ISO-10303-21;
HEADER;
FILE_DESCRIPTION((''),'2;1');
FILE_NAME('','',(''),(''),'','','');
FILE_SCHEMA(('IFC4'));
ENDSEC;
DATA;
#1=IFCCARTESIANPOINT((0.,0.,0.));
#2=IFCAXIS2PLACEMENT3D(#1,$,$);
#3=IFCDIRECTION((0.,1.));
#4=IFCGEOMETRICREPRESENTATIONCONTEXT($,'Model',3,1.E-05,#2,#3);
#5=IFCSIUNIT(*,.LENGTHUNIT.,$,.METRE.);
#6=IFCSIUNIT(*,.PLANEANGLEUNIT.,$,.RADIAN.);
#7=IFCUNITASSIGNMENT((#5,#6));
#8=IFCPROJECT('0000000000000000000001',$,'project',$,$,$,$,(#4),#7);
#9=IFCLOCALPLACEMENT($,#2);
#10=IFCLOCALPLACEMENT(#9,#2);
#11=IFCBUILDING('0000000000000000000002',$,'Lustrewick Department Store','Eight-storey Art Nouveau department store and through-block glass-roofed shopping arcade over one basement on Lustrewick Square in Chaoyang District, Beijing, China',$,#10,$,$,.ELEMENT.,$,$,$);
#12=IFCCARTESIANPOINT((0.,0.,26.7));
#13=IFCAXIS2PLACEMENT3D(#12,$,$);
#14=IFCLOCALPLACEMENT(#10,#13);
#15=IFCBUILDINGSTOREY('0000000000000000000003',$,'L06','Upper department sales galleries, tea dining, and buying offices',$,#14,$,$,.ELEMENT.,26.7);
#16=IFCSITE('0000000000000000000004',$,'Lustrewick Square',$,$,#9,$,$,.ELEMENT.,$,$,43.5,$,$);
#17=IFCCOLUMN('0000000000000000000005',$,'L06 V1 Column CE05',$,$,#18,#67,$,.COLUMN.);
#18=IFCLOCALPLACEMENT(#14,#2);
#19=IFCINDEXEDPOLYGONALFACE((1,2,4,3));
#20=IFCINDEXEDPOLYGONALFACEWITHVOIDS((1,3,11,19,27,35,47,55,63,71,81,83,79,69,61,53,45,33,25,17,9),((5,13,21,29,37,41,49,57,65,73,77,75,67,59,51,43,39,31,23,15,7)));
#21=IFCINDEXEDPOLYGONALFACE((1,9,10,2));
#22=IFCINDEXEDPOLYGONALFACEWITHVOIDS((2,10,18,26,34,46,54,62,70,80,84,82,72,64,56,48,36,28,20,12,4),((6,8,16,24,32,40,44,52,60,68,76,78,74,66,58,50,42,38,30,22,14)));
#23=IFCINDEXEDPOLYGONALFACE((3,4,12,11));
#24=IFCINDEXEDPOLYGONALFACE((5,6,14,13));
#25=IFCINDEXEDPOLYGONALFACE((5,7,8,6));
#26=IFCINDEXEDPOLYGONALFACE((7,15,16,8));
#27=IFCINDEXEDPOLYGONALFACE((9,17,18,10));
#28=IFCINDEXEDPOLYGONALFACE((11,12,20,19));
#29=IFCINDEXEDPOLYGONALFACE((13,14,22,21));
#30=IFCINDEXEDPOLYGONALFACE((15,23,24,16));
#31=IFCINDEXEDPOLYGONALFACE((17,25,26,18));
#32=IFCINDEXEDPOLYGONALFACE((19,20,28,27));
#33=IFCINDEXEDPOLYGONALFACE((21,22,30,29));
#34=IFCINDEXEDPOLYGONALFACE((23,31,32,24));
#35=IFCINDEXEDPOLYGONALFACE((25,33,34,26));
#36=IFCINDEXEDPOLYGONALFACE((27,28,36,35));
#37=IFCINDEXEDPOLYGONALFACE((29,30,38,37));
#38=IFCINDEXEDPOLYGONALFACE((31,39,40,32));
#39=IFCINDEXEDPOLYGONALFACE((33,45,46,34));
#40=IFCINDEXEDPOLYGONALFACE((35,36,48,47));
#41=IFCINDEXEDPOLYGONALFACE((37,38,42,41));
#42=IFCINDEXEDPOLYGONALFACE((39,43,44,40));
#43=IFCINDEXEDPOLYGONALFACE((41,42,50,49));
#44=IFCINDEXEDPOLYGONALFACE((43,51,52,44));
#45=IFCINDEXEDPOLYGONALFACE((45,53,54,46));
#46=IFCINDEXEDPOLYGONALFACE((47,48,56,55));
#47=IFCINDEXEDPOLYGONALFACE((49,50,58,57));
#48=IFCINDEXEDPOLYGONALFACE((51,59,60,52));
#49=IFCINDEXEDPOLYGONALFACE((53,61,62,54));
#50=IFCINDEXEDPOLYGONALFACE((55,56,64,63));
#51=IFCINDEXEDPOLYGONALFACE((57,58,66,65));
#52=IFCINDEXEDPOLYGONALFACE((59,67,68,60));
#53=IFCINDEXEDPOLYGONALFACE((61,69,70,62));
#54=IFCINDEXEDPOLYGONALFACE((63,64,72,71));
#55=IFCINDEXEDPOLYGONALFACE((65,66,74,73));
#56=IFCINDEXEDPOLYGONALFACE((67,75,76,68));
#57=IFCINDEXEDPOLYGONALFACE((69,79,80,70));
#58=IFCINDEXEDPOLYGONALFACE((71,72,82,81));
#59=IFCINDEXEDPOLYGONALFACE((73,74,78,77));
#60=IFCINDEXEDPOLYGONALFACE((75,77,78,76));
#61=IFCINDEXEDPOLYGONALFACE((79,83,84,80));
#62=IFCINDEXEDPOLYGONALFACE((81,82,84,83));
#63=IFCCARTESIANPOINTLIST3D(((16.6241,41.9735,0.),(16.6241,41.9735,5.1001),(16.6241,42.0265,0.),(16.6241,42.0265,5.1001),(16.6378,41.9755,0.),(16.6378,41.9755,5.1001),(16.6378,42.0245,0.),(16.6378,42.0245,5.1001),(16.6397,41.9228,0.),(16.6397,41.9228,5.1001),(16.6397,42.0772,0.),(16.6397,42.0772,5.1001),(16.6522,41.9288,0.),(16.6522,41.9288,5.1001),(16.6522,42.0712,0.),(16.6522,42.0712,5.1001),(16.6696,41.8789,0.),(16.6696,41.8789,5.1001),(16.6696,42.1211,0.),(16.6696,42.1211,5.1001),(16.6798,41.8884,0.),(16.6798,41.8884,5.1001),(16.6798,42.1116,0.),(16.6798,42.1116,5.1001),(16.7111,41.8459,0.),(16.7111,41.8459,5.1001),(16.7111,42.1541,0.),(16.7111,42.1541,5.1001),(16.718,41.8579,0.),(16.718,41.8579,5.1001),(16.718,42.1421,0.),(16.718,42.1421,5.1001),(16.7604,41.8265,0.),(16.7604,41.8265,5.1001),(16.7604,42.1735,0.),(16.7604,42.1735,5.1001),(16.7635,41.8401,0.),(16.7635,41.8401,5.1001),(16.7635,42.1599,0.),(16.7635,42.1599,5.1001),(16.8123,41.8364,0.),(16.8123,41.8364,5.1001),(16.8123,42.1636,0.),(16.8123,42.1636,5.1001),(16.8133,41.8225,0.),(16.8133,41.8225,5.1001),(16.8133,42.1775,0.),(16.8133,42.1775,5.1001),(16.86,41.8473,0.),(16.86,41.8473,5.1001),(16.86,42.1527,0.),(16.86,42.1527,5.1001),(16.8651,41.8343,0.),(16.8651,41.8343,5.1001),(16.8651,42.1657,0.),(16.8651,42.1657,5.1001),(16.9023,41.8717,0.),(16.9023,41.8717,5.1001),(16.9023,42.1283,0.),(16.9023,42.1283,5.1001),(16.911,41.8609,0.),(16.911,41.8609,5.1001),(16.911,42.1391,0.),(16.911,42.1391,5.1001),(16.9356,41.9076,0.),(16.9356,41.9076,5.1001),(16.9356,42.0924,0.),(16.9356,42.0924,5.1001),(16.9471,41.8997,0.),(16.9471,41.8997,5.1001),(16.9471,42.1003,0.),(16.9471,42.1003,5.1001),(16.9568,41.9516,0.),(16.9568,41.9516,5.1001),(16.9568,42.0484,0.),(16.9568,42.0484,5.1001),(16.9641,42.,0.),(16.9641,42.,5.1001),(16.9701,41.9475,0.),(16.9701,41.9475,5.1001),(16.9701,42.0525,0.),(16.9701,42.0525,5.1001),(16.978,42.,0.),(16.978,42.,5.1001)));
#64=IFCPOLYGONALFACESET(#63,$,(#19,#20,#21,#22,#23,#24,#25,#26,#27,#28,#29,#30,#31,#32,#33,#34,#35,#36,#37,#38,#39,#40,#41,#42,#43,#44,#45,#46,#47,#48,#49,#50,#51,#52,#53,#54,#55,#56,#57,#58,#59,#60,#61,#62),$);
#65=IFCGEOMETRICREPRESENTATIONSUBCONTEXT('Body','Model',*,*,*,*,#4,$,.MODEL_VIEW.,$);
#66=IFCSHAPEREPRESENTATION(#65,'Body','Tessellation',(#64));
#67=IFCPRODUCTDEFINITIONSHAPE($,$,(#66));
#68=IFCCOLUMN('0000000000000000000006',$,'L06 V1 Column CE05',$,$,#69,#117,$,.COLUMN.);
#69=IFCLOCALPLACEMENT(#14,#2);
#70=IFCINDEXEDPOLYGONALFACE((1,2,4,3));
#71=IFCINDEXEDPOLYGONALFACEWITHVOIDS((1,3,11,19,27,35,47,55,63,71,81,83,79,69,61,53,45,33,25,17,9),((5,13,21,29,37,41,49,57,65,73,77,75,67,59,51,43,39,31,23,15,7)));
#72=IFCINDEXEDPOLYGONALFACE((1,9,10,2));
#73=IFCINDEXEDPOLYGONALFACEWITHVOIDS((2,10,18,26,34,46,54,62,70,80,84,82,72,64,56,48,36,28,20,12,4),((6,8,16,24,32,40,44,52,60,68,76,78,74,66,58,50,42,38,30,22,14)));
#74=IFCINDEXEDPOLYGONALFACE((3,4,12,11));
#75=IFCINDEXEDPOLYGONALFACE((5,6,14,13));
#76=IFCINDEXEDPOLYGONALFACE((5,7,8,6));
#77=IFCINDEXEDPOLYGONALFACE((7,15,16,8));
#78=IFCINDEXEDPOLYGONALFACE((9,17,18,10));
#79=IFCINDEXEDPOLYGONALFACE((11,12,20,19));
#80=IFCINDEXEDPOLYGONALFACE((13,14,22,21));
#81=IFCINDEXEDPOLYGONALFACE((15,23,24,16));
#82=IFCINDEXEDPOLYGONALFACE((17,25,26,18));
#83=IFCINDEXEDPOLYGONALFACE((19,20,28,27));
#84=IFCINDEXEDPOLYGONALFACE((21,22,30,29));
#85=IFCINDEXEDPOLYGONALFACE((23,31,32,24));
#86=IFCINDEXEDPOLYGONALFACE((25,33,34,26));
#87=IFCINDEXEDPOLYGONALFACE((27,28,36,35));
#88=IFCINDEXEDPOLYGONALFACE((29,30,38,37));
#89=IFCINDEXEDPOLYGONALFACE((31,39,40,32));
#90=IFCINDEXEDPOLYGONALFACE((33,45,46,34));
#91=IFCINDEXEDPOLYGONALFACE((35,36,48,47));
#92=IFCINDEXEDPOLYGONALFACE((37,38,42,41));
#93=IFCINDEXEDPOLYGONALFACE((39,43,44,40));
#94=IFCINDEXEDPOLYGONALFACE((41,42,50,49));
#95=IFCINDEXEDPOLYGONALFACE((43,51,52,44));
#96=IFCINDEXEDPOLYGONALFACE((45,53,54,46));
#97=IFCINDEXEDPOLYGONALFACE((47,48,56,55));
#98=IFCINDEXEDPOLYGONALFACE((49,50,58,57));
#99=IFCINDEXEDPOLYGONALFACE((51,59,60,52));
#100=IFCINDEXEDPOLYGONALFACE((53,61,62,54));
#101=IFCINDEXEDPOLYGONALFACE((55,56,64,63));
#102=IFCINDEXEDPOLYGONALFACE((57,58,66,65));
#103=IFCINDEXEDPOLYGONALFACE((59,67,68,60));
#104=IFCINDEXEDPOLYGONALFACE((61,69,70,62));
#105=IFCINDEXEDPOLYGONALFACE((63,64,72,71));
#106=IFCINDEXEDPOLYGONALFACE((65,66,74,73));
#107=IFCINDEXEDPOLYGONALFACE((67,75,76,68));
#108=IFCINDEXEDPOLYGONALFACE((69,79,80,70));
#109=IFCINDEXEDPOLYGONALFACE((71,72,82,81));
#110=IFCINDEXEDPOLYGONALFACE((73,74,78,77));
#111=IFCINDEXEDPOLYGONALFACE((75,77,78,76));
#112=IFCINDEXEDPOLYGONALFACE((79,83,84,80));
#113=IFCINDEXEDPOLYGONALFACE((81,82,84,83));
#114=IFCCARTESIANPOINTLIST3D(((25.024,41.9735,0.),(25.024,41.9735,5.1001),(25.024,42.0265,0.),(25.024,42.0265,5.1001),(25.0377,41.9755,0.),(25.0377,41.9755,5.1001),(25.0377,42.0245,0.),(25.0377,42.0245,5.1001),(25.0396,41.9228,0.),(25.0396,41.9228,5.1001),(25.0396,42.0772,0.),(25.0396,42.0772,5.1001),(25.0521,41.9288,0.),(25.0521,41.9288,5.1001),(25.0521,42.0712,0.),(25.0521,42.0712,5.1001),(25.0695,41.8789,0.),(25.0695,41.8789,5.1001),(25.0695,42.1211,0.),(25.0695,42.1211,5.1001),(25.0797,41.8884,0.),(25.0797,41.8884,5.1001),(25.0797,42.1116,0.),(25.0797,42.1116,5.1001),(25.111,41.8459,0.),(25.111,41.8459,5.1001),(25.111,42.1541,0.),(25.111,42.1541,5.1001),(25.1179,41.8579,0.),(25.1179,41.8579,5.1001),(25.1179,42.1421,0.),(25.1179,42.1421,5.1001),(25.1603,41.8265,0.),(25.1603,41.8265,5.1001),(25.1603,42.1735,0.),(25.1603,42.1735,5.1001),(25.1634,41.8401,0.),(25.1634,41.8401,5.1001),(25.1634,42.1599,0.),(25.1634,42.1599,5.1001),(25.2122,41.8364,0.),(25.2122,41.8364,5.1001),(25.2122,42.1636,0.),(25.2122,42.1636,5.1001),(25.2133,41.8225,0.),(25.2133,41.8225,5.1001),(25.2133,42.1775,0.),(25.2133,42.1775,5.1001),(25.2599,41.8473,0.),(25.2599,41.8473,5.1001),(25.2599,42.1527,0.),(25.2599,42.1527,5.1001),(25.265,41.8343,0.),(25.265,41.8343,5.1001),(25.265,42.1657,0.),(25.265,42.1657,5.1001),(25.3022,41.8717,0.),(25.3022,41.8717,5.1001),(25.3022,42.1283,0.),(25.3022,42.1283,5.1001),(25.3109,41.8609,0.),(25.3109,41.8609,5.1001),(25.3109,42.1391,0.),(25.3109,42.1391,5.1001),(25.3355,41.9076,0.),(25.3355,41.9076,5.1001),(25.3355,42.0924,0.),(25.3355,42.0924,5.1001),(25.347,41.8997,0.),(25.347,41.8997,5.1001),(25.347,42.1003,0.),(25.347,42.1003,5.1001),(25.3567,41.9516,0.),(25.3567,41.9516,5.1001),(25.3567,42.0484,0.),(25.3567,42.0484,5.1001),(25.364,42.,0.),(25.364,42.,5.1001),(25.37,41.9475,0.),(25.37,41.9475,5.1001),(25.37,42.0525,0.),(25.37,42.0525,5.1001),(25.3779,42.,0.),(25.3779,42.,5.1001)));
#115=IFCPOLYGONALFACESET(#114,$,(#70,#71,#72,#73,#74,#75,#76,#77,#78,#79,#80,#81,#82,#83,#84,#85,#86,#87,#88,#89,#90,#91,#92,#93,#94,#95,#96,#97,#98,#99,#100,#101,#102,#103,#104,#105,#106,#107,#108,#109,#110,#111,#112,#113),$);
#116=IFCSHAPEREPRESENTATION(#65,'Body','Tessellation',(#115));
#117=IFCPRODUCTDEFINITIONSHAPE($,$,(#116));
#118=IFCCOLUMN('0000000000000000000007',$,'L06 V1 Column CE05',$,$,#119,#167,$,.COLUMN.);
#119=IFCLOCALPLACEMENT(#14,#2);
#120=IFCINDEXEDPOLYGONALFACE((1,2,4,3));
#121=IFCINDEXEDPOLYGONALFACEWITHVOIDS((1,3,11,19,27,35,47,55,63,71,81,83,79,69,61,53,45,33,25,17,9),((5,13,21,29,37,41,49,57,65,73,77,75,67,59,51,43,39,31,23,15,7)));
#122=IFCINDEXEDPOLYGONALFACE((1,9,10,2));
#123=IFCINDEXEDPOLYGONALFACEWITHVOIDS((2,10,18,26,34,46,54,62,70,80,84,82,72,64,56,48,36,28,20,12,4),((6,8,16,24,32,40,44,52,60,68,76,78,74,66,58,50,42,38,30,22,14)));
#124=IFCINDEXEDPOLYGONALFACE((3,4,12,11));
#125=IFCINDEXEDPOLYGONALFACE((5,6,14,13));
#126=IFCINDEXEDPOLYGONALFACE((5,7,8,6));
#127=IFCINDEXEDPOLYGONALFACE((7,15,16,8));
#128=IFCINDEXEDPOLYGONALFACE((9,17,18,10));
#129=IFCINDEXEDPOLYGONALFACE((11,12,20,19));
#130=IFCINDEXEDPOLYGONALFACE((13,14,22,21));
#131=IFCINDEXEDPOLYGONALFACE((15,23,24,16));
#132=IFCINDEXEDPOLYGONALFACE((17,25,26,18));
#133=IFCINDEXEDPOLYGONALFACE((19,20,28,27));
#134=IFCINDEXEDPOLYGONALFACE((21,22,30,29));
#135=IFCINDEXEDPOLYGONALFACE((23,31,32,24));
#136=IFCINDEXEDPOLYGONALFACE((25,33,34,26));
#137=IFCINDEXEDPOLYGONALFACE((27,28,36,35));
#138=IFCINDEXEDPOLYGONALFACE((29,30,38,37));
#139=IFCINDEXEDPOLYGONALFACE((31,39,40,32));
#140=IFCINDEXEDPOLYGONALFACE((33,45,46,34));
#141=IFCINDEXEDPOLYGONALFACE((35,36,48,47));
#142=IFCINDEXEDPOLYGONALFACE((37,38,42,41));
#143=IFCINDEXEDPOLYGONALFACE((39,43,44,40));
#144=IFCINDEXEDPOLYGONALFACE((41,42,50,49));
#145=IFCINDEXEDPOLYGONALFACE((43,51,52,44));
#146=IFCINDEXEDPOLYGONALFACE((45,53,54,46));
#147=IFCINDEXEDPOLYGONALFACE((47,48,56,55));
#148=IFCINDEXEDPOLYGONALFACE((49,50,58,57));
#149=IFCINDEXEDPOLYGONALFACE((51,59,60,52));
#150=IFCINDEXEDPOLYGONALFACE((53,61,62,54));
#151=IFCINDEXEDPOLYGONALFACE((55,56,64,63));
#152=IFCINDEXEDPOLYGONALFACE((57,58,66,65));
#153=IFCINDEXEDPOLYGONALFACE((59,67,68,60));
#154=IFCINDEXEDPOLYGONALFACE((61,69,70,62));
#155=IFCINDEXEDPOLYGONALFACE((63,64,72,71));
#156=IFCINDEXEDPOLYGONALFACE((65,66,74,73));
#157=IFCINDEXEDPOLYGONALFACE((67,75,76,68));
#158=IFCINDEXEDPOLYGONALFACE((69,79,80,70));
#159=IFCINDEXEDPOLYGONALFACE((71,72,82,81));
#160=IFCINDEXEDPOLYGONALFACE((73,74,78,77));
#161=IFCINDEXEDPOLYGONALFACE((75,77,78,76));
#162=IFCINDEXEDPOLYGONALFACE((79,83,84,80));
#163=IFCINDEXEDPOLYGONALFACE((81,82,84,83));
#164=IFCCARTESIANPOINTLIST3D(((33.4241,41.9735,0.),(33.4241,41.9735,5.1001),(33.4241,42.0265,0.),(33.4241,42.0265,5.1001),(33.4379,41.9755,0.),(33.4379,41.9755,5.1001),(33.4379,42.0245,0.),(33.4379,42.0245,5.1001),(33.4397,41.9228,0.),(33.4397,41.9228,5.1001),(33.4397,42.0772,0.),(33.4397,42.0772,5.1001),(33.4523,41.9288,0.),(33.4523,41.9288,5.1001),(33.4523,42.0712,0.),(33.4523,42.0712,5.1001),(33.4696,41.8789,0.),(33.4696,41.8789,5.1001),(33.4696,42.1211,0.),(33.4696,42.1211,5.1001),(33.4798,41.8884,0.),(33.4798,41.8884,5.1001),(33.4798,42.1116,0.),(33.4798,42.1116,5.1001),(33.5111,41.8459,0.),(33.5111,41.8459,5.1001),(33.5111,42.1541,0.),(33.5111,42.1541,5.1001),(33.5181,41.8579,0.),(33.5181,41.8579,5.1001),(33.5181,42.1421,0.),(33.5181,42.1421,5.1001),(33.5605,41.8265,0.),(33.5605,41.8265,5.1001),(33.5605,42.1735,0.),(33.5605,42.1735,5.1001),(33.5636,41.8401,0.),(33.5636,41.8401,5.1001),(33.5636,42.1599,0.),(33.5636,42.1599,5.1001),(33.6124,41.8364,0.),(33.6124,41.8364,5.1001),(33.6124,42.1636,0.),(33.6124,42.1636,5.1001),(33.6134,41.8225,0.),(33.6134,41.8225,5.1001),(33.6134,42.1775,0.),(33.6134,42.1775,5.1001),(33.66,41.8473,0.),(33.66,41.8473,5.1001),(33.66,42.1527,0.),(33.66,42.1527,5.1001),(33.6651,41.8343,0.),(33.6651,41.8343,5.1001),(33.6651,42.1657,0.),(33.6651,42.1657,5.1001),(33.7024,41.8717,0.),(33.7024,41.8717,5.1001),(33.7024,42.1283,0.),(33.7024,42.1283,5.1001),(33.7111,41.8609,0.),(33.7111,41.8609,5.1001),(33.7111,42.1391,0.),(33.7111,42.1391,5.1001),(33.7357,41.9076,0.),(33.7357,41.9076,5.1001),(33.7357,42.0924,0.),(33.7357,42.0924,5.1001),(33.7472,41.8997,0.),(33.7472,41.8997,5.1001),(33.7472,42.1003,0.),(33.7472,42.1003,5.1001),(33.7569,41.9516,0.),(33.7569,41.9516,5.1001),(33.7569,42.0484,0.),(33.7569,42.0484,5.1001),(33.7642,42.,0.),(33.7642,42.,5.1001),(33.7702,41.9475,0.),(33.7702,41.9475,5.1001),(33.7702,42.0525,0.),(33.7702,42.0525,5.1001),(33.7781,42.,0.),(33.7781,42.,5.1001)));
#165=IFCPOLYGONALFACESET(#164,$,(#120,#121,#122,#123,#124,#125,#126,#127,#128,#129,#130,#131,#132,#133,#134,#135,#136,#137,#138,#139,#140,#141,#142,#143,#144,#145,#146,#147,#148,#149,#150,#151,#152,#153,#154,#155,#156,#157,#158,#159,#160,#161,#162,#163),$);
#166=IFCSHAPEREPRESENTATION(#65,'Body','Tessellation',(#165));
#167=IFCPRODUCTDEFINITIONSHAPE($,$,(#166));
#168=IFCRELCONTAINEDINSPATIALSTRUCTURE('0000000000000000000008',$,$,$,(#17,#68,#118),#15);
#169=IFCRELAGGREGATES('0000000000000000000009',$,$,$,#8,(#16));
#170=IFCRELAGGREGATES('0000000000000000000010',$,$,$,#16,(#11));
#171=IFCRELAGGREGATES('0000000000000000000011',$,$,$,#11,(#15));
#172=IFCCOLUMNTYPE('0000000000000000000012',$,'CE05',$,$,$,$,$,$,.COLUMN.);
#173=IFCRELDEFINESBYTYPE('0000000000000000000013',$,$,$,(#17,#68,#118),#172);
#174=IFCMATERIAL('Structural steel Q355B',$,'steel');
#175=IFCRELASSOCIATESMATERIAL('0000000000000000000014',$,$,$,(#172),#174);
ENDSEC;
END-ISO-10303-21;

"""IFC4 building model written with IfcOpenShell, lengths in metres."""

from ifc_helpers import new_model, si_unit, direction, frame, origin, origin_2d, place, context, subcontext, project, spatial, hollow_circle, extrude, material, material_profile, profile_set, type_object, element, save


model = new_model("IFC4")

# Units and contexts
model_context = context("Model", 3, precision=1e-05, world=origin(), true_north=direction((0.0, 1.0)))
body_context = subcontext(model_context, "Body", "Model", "MODEL_VIEW")
ifc_project = project(units=[si_unit("LENGTHUNIT", "METRE"), si_unit("PLANEANGLEUNIT", "RADIAN")], contexts=[model_context])

# Site, building, storey
site_placement = place(None, origin())
site = spatial("IfcSite", under=ifc_project, at=site_placement, Name="Lustrewick Square", CompositionType="ELEMENT", RefElevation=43.5)
building_placement = place(site_placement, origin())
building = spatial("IfcBuilding", under=site, at=building_placement, Name="Lustrewick Department Store", Description="Eight-storey Art Nouveau department store and through-block glass-roofed shopping arcade over one basement on Lustrewick Square in Chaoyang District, Beijing, China", CompositionType="ELEMENT")
storey_placement = place(building_placement, frame((0.0, 0.0, 26.7)))
storey = spatial("IfcBuildingStorey", under=building, at=storey_placement, Name="L06", Description="Upper department sales galleries, tea dining, and buying offices", CompositionType="ELEMENT", Elevation=26.7)

# Columns
ifc_material_1 = material(Name="Structural steel Q355B", Category="steel")
ifc_material_profile_1 = material_profile(ifc_material_1, hollow_circle(Radius=0.178, WallThickness=0.0139, at=origin_2d()), Name="CHS 356x14")
ifc_profile_set_1 = profile_set([ifc_material_profile_1], Name="Structural steel Q355B")
column_type = type_object("IfcColumnType", Name="CE05", PredefinedType="COLUMN", material=ifc_profile_set_1)
for number, where, z_axis, x_axis, name in (
    (1, (16.8, 42.0, 0.0), (0.0, 0.0, 1.0), (1.0, 0.0, 0.0), "L06 V1 Column CE05"),
    (2, (25.2, 42.0, 0.0), (0.0, 0.0, 1.0), (1.0, 0.0, 0.0), "L06 V1 Column CE05"),
    (3, (33.6001, 42.0, 0.0), (0.0, 0.0, 1.0), (1.0, 0.0, 0.0), "L06 V1 Column CE05"),
):
    element("IfcColumn", number, at=place(storey_placement, frame(where, z_axis=z_axis, x_axis=x_axis)), inside=storey, type_object=column_type, Name=name, PredefinedType="COLUMN", context=body_context, shape_type="SweptSolid", body=[
        extrude(hollow_circle(Radius=0.178, WallThickness=0.0139, at=origin_2d()), origin(), (0.0, 0.0, 1.0), 5.1001),
    ])

save(model, "model.ifc")
